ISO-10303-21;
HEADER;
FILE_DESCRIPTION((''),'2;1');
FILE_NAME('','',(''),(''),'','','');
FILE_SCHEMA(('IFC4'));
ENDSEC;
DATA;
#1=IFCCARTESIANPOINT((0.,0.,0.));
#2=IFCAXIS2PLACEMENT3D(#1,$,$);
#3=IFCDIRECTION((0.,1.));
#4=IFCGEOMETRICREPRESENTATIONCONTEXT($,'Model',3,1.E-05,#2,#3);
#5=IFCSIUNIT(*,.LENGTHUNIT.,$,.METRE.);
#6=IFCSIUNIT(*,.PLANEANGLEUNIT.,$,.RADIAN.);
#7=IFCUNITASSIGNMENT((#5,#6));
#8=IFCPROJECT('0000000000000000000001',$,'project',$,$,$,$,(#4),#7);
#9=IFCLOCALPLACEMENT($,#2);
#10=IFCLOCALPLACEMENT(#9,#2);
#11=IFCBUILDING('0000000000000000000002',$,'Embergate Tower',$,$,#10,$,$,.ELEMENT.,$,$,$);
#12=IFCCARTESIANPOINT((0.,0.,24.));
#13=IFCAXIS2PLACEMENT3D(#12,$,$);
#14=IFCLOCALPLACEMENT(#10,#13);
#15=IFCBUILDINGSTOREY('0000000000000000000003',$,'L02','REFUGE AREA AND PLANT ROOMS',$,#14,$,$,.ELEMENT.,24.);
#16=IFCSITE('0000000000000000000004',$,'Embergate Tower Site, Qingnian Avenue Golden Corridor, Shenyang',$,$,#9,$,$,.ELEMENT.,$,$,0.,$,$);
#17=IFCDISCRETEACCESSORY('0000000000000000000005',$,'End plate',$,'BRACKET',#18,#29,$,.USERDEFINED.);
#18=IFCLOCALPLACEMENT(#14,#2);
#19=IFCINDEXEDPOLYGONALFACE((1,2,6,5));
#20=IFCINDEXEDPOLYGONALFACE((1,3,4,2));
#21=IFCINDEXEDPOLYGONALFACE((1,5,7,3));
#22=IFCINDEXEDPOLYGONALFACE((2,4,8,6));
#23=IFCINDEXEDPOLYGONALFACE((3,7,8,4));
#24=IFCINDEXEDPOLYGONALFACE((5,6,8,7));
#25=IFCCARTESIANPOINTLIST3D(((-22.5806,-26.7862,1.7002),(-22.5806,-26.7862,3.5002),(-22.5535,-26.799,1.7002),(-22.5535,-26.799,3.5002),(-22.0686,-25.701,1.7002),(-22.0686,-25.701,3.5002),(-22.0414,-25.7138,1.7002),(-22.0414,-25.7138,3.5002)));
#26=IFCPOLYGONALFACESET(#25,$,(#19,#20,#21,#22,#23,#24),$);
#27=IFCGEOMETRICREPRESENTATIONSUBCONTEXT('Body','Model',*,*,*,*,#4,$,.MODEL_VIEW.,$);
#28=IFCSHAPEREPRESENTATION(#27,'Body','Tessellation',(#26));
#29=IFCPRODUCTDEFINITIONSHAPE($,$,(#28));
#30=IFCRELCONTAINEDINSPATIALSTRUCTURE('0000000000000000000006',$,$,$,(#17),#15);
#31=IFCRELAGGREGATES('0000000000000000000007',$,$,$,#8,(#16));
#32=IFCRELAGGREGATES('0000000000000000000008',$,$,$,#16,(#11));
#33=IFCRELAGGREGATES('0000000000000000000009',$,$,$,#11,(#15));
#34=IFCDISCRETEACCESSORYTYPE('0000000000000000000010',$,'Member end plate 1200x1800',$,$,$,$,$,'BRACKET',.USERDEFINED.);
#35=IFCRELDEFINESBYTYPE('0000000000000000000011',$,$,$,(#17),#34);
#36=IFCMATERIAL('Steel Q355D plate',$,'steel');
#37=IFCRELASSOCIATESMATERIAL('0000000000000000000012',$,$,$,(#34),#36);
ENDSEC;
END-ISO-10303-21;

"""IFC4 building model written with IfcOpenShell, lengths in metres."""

from ifc_helpers import new_model, si_unit, direction, frame, origin, origin_2d, place, context, subcontext, project, spatial, rectangle, extrude, source, transform, mapped, material, type_object, element, save


model = new_model("IFC4")

# Units and contexts
model_context = context("Model", 3, precision=1e-05, world=origin(), true_north=direction((0.0, 1.0)))
body_context = subcontext(model_context, "Body", "Model", "MODEL_VIEW")
ifc_project = project(units=[si_unit("LENGTHUNIT", "METRE"), si_unit("PLANEANGLEUNIT", "RADIAN")], contexts=[model_context])

# Site, building, storey
site_placement = place(None, origin())
site = spatial("IfcSite", under=ifc_project, at=site_placement, Name="Embergate Tower Site, Qingnian Avenue Golden Corridor, Shenyang", CompositionType="ELEMENT", RefElevation=0.0)
building_placement = place(site_placement, origin())
building = spatial("IfcBuilding", under=site, at=building_placement, Name="Embergate Tower", CompositionType="ELEMENT")
storey_placement = place(building_placement, frame((0.0, 0.0, 24.0)))
storey = spatial("IfcBuildingStorey", under=building, at=storey_placement, Name="L02", Description="REFUGE AREA AND PLANT ROOMS", CompositionType="ELEMENT", Elevation=24.0)

# Discrete accessory
ifc_material_1 = material(Name="Steel Q355D plate", Category="steel")
discrete_accessory_type = type_object("IfcDiscreteAccessoryType", Name="Member end plate 1200x1800", ElementType="BRACKET", PredefinedType="USERDEFINED", material=ifc_material_1)
shared_shape_1 = source(origin(), body_context, "Body", "SweptSolid", [
    extrude(rectangle(XDim=0.03, YDim=1.2, at=origin_2d()), origin(), (0.0, 0.0, 1.0), 1.8),
])
discrete_accessory_placement = place(storey_placement, frame((-22.311, -26.25, 1.7002), z_axis=(0.0, 0.0, 1.0), x_axis=(0.904373, -0.426742, 0.0)))
element("IfcDiscreteAccessory", 1, at=discrete_accessory_placement, inside=storey, type_object=discrete_accessory_type, Name="End plate", ObjectType="BRACKET", PredefinedType="USERDEFINED", context=body_context, shape_type="MappedRepresentation", body=[
    mapped(shared_shape_1, transform((0.0, 0.0, 0.0))),
])

save(model, "model.ifc")
